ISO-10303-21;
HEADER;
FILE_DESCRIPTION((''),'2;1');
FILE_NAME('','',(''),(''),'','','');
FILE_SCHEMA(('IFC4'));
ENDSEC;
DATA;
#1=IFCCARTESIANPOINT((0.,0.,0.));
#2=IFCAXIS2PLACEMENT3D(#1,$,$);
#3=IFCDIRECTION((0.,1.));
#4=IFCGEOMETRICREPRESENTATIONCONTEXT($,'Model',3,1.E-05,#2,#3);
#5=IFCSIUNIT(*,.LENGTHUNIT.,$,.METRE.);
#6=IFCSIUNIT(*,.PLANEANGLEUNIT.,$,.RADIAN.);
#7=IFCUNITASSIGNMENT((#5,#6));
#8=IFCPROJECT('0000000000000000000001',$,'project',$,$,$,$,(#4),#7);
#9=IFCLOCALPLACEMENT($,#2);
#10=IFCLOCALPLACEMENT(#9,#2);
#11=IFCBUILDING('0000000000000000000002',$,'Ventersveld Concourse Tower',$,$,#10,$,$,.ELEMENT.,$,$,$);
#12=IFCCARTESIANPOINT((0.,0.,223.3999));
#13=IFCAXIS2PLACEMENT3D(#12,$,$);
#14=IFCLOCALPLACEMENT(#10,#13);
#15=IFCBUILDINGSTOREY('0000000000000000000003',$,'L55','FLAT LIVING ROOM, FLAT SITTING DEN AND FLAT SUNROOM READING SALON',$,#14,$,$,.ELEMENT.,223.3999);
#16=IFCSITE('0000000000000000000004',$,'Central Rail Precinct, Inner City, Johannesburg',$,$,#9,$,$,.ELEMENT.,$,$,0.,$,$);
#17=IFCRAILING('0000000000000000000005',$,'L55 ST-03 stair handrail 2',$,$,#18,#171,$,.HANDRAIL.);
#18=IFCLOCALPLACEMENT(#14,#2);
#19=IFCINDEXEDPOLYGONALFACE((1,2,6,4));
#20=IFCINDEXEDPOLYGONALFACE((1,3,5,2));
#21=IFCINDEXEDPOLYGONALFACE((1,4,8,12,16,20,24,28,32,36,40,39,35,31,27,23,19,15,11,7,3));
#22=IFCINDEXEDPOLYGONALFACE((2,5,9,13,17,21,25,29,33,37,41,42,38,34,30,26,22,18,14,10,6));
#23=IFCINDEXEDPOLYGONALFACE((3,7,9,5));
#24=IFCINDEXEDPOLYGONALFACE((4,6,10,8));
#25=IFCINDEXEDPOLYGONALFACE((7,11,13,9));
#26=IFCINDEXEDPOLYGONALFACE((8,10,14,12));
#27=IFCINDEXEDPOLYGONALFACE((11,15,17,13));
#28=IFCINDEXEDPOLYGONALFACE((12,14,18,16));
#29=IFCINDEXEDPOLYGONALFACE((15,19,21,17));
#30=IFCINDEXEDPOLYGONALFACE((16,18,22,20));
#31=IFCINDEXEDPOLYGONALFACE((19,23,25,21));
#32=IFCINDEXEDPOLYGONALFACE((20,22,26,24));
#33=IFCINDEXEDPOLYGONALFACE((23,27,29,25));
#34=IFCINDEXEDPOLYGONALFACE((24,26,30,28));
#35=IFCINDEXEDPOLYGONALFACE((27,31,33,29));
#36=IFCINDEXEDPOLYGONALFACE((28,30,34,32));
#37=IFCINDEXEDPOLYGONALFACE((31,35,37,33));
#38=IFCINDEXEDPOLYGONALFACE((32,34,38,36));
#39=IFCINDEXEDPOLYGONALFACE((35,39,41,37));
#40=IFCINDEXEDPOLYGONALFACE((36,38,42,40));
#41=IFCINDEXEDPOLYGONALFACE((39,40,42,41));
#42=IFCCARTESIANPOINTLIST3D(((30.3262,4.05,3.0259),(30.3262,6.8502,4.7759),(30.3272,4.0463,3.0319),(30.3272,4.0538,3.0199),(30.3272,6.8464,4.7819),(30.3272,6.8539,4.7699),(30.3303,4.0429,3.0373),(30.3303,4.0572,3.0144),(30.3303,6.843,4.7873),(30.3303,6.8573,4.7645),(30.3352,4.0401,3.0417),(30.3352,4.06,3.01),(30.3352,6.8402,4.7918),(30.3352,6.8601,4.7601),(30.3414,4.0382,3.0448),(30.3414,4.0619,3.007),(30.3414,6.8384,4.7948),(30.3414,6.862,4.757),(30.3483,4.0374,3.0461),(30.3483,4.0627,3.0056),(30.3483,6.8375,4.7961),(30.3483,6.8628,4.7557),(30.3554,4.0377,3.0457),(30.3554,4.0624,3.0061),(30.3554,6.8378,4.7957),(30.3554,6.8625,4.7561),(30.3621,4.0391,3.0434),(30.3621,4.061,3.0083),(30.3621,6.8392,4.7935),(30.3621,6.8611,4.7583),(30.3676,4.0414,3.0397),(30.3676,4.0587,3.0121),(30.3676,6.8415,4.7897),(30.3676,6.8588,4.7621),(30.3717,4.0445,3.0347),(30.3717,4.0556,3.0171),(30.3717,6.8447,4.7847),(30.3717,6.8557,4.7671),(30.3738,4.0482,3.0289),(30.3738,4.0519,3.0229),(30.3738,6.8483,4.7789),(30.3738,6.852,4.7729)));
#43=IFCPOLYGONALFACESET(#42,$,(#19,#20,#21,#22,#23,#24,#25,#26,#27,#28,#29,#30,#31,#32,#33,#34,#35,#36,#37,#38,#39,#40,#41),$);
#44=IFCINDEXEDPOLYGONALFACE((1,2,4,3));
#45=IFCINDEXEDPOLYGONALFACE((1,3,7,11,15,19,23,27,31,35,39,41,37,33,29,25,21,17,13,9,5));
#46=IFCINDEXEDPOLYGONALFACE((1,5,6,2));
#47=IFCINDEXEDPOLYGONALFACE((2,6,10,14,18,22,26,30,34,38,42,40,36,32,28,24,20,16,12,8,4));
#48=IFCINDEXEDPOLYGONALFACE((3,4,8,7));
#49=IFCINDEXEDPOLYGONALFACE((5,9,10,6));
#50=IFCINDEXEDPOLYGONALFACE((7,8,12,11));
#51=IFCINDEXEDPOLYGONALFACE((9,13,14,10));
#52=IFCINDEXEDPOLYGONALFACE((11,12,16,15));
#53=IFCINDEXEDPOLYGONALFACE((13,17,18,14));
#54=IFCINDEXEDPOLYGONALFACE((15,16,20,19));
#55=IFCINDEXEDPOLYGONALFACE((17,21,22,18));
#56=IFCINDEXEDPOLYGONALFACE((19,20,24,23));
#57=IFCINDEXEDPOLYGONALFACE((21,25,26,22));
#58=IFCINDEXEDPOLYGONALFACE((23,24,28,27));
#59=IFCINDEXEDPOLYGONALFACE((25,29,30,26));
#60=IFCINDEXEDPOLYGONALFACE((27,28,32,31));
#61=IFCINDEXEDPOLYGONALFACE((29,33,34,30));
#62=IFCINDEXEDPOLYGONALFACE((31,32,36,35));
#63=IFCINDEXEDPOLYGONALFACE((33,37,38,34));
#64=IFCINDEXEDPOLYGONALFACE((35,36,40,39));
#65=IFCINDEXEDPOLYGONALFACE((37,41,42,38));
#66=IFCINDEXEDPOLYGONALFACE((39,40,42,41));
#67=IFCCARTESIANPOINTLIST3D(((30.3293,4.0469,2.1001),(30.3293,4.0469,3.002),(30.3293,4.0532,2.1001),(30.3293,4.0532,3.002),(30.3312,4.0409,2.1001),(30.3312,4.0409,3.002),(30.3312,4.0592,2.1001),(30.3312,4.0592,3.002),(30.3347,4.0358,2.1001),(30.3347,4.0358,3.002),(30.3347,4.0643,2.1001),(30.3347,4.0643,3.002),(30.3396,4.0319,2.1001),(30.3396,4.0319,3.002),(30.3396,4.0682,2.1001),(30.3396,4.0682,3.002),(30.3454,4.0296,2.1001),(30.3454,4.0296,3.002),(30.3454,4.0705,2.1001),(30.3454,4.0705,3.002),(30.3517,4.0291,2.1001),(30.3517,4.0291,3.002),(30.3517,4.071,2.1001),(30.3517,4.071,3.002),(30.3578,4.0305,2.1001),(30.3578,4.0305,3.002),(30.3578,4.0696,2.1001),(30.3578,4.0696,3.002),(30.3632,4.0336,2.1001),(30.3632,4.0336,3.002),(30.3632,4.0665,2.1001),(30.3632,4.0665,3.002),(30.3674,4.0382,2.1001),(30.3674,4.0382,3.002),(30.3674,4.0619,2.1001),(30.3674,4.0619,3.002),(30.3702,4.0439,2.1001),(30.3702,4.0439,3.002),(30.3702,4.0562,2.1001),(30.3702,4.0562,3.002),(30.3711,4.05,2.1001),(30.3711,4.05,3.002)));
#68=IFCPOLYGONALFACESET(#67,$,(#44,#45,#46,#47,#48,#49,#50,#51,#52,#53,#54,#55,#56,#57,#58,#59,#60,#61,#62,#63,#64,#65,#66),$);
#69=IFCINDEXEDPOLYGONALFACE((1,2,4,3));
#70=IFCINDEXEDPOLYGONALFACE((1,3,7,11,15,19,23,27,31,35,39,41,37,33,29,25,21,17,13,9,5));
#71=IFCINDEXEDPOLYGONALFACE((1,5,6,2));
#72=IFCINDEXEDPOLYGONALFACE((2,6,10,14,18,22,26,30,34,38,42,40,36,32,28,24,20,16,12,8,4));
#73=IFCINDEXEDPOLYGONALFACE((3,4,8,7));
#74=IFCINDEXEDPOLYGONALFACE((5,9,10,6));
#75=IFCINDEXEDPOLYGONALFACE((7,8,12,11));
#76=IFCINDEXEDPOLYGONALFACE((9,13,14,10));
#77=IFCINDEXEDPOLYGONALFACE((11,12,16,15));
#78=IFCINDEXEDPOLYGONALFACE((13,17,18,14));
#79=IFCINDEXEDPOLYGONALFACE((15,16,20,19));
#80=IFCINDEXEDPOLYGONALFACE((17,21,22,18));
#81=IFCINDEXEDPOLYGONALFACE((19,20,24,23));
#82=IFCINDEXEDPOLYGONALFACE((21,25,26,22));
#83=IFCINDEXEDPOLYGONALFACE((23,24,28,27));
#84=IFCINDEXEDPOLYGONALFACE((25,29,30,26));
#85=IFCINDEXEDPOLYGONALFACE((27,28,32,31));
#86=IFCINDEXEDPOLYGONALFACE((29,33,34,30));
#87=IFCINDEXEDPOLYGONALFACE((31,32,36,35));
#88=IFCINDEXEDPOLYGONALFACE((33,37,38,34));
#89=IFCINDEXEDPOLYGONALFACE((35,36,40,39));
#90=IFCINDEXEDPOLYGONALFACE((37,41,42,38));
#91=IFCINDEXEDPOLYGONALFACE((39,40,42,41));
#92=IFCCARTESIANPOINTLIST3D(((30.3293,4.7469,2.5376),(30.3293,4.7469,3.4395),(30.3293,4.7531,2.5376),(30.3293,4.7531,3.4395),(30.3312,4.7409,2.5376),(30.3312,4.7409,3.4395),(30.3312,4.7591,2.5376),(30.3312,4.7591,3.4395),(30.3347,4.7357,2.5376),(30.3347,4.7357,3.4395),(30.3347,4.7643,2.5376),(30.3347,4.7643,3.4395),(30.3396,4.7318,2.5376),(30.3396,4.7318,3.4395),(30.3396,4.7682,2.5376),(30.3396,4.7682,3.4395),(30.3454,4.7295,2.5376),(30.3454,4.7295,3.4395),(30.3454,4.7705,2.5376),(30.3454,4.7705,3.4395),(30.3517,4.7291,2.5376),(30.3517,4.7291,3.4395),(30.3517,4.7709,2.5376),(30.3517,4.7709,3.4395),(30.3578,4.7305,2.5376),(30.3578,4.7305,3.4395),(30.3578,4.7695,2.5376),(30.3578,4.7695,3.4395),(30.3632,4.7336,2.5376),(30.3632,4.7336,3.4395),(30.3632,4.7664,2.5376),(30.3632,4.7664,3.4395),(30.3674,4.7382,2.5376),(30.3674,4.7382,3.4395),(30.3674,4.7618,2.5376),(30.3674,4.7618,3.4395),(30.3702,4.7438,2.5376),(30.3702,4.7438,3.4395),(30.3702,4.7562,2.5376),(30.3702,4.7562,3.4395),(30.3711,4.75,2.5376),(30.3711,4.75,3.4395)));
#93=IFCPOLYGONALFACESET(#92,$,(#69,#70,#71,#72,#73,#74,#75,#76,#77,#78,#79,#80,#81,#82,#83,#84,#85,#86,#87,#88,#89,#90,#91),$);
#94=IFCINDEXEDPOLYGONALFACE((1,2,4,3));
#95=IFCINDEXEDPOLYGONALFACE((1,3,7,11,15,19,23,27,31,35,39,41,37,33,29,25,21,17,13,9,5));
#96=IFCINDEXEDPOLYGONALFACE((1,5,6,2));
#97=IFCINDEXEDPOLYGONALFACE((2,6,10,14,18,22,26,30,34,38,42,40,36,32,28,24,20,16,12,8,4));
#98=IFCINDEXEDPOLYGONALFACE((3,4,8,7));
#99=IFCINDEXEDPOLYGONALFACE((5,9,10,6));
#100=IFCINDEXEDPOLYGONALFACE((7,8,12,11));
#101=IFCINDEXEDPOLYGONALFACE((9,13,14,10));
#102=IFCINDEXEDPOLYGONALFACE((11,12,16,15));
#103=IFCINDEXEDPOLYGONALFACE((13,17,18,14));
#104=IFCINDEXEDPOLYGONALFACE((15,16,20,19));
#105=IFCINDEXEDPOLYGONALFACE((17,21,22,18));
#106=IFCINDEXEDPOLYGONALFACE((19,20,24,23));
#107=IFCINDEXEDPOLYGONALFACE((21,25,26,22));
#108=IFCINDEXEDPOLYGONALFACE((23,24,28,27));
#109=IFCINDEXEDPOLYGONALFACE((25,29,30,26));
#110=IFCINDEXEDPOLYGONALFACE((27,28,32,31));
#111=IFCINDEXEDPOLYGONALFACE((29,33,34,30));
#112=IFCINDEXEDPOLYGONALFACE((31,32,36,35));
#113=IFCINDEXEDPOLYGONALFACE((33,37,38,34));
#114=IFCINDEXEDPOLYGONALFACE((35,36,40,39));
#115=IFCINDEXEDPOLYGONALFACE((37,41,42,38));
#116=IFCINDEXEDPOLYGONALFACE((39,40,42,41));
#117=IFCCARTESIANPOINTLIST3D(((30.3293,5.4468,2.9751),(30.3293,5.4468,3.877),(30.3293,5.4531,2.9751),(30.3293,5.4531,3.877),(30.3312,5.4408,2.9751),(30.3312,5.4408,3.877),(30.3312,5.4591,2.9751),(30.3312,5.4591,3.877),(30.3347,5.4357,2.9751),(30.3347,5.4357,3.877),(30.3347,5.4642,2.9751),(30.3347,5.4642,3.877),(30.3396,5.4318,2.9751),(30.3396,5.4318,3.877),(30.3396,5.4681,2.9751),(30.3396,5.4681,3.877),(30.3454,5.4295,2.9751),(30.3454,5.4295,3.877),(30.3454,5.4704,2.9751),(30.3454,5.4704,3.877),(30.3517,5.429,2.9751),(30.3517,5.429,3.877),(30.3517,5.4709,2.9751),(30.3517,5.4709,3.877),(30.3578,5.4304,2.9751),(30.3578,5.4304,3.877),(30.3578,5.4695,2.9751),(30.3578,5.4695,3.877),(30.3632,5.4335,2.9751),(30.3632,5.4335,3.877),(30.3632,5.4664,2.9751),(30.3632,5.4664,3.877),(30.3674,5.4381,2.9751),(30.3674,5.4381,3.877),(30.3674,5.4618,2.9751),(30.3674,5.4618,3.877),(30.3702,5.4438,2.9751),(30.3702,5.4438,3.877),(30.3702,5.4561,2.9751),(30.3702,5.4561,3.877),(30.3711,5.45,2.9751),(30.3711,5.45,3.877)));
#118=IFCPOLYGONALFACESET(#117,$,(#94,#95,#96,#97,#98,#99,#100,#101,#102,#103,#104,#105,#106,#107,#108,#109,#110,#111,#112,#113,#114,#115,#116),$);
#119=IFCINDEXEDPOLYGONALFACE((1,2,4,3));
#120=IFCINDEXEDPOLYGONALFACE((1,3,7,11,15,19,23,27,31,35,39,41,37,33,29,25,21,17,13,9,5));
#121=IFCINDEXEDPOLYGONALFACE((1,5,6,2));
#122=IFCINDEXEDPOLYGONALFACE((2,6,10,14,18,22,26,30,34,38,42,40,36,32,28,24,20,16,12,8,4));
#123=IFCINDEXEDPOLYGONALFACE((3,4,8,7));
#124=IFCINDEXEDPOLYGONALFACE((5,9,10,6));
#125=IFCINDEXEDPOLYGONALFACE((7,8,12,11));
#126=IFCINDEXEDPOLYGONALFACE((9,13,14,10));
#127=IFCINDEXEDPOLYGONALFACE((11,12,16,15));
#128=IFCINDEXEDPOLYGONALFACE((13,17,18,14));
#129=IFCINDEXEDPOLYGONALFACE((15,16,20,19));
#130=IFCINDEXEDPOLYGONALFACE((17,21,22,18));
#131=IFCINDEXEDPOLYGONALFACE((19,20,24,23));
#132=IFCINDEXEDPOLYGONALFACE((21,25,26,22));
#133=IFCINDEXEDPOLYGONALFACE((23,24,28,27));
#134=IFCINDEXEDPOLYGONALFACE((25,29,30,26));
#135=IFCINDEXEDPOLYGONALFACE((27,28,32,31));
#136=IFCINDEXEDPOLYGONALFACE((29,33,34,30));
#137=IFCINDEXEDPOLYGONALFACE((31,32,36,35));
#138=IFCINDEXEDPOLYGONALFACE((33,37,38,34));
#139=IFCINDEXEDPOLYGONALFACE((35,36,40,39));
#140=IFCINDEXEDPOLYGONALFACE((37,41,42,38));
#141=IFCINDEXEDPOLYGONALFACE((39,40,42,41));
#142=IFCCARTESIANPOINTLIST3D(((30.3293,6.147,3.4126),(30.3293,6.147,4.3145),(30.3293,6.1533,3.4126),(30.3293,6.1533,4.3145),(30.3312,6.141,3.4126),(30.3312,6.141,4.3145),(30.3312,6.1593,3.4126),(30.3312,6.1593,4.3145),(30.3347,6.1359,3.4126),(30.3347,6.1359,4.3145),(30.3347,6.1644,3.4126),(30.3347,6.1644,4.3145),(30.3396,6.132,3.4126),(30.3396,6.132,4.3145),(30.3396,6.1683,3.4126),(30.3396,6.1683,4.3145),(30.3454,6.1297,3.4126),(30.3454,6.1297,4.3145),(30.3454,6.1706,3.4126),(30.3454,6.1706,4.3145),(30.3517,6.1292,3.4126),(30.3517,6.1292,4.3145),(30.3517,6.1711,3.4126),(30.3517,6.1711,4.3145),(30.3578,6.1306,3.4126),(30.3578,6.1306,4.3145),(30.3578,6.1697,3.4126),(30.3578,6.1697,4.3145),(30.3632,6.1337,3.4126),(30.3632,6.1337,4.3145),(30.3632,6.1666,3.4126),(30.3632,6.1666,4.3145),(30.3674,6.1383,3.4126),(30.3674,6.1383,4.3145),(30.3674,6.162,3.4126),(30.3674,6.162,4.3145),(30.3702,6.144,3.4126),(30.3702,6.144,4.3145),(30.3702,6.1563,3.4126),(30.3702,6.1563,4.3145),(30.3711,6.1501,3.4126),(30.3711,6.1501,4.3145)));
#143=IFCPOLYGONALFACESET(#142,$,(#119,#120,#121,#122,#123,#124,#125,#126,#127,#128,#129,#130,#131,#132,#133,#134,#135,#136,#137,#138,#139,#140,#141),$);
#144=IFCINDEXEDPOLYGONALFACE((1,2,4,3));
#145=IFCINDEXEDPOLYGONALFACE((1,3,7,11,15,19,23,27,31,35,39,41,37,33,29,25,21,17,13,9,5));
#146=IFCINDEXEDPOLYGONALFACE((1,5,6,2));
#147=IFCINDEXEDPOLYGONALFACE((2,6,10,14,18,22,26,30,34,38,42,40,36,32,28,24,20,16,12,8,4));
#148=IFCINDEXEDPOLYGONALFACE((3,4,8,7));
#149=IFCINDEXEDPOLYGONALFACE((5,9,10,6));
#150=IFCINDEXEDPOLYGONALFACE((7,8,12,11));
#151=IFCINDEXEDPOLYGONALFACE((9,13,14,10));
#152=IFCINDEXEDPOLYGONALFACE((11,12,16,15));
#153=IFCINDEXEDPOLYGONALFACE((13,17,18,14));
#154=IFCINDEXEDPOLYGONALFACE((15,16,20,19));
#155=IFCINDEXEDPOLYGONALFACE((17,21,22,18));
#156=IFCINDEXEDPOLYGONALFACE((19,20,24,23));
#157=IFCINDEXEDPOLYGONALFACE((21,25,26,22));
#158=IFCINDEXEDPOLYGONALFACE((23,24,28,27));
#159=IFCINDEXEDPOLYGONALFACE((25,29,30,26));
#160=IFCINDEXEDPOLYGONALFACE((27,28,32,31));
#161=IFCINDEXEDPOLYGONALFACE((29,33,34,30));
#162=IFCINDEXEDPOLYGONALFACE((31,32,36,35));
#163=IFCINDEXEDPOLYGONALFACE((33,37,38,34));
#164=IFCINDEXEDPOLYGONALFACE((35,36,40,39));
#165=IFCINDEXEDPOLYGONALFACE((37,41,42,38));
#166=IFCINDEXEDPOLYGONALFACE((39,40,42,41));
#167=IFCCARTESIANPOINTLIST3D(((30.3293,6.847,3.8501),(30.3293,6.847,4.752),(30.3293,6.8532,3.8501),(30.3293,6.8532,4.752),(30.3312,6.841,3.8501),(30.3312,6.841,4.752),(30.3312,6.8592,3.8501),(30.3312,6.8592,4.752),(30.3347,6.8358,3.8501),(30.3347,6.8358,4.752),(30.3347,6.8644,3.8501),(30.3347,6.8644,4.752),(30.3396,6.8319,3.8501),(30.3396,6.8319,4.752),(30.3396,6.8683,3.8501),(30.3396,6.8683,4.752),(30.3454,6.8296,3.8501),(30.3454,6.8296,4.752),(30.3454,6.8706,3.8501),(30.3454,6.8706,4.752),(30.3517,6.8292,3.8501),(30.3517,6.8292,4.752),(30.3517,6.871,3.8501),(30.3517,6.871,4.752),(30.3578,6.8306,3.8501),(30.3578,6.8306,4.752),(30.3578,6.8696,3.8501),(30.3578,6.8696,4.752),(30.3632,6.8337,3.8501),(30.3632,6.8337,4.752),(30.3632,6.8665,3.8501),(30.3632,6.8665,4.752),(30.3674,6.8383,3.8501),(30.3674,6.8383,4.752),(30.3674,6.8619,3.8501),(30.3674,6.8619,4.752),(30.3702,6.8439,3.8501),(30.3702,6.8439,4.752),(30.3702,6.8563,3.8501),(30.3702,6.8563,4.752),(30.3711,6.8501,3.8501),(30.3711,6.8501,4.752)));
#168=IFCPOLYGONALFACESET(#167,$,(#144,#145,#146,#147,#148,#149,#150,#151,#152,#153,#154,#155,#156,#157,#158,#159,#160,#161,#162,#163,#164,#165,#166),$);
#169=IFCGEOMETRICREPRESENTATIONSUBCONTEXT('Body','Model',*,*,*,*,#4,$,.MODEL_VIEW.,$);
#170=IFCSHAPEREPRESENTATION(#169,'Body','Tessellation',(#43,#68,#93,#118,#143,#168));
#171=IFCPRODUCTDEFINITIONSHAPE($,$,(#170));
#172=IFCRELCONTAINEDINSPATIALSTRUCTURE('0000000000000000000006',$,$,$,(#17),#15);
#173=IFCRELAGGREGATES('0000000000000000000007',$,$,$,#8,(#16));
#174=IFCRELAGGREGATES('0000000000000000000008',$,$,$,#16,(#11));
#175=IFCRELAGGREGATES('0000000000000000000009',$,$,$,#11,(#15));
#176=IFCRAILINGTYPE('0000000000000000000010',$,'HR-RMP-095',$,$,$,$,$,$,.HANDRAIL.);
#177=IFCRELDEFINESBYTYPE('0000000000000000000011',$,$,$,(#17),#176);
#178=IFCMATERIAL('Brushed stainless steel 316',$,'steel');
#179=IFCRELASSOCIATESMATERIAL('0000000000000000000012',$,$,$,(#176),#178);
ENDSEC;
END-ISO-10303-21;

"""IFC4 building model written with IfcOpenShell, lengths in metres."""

from ifc_helpers import new_model, si_unit, direction, frame, origin, origin_2d, place, context, subcontext, project, spatial, circle, extrude, material, type_object, element, save


model = new_model("IFC4")

# Units and contexts
model_context = context("Model", 3, precision=1e-05, world=origin(), true_north=direction((0.0, 1.0)))
body_context = subcontext(model_context, "Body", "Model", "MODEL_VIEW")
ifc_project = project(units=[si_unit("LENGTHUNIT", "METRE"), si_unit("PLANEANGLEUNIT", "RADIAN")], contexts=[model_context])

# Site, building, storey
site_placement = place(None, origin())
site = spatial("IfcSite", under=ifc_project, at=site_placement, Name="Central Rail Precinct, Inner City, Johannesburg", CompositionType="ELEMENT", RefElevation=0.0)
building_placement = place(site_placement, origin())
building = spatial("IfcBuilding", under=site, at=building_placement, Name="Ventersveld Concourse Tower", CompositionType="ELEMENT")
storey_placement = place(building_placement, frame((0.0, 0.0, 223.3999)))
storey = spatial("IfcBuildingStorey", under=building, at=storey_placement, Name="L55", Description="FLAT LIVING ROOM, FLAT SITTING DEN AND FLAT SUNROOM READING SALON", CompositionType="ELEMENT", Elevation=223.3999)

# Shared definitions
ifc_material_1 = material(Name="Brushed stainless steel 316", Category="steel")

# Railing
railing_type_1 = type_object("IfcRailingType", Name="HR-RMP-095", PredefinedType="HANDRAIL", material=ifc_material_1)
railing_1_placement = place(storey_placement, frame((30.3501, 4.05, 2.1001)))
element("IfcRailing", 1, at=railing_1_placement, inside=storey, type_object=railing_type_1, Name="L55 ST-03 stair handrail 2", PredefinedType="HANDRAIL", context=body_context, shape_type="SweptSolid", body=[
    extrude(circle(Radius=0.0239, at=origin_2d()), frame((0.0, 0.0, 0.9258), z_axis=(0.0, 0.848002, 0.529992), x_axis=(-1.0, 0.0, 0.0)), (0.0, 0.0, 1.0), 3.302),
    extrude(circle(Radius=0.021, at=origin_2d()), origin(), (0.0, 0.0, 1.0), 0.9019),
    extrude(circle(Radius=0.021, at=origin_2d()), frame((0.0, 0.7, 0.4375)), (0.0, 0.0, 1.0), 0.9019),
    extrude(circle(Radius=0.021, at=origin_2d()), frame((0.0, 1.3999, 0.875)), (0.0, 0.0, 1.0), 0.9019),
    extrude(circle(Radius=0.021, at=origin_2d()), frame((0.0, 2.1001, 1.3125)), (0.0, 0.0, 1.0), 0.9019),
    extrude(circle(Radius=0.021, at=origin_2d()), frame((0.0, 2.8, 1.75)), (0.0, 0.0, 1.0), 0.9019),
])

save(model, "model.ifc")
